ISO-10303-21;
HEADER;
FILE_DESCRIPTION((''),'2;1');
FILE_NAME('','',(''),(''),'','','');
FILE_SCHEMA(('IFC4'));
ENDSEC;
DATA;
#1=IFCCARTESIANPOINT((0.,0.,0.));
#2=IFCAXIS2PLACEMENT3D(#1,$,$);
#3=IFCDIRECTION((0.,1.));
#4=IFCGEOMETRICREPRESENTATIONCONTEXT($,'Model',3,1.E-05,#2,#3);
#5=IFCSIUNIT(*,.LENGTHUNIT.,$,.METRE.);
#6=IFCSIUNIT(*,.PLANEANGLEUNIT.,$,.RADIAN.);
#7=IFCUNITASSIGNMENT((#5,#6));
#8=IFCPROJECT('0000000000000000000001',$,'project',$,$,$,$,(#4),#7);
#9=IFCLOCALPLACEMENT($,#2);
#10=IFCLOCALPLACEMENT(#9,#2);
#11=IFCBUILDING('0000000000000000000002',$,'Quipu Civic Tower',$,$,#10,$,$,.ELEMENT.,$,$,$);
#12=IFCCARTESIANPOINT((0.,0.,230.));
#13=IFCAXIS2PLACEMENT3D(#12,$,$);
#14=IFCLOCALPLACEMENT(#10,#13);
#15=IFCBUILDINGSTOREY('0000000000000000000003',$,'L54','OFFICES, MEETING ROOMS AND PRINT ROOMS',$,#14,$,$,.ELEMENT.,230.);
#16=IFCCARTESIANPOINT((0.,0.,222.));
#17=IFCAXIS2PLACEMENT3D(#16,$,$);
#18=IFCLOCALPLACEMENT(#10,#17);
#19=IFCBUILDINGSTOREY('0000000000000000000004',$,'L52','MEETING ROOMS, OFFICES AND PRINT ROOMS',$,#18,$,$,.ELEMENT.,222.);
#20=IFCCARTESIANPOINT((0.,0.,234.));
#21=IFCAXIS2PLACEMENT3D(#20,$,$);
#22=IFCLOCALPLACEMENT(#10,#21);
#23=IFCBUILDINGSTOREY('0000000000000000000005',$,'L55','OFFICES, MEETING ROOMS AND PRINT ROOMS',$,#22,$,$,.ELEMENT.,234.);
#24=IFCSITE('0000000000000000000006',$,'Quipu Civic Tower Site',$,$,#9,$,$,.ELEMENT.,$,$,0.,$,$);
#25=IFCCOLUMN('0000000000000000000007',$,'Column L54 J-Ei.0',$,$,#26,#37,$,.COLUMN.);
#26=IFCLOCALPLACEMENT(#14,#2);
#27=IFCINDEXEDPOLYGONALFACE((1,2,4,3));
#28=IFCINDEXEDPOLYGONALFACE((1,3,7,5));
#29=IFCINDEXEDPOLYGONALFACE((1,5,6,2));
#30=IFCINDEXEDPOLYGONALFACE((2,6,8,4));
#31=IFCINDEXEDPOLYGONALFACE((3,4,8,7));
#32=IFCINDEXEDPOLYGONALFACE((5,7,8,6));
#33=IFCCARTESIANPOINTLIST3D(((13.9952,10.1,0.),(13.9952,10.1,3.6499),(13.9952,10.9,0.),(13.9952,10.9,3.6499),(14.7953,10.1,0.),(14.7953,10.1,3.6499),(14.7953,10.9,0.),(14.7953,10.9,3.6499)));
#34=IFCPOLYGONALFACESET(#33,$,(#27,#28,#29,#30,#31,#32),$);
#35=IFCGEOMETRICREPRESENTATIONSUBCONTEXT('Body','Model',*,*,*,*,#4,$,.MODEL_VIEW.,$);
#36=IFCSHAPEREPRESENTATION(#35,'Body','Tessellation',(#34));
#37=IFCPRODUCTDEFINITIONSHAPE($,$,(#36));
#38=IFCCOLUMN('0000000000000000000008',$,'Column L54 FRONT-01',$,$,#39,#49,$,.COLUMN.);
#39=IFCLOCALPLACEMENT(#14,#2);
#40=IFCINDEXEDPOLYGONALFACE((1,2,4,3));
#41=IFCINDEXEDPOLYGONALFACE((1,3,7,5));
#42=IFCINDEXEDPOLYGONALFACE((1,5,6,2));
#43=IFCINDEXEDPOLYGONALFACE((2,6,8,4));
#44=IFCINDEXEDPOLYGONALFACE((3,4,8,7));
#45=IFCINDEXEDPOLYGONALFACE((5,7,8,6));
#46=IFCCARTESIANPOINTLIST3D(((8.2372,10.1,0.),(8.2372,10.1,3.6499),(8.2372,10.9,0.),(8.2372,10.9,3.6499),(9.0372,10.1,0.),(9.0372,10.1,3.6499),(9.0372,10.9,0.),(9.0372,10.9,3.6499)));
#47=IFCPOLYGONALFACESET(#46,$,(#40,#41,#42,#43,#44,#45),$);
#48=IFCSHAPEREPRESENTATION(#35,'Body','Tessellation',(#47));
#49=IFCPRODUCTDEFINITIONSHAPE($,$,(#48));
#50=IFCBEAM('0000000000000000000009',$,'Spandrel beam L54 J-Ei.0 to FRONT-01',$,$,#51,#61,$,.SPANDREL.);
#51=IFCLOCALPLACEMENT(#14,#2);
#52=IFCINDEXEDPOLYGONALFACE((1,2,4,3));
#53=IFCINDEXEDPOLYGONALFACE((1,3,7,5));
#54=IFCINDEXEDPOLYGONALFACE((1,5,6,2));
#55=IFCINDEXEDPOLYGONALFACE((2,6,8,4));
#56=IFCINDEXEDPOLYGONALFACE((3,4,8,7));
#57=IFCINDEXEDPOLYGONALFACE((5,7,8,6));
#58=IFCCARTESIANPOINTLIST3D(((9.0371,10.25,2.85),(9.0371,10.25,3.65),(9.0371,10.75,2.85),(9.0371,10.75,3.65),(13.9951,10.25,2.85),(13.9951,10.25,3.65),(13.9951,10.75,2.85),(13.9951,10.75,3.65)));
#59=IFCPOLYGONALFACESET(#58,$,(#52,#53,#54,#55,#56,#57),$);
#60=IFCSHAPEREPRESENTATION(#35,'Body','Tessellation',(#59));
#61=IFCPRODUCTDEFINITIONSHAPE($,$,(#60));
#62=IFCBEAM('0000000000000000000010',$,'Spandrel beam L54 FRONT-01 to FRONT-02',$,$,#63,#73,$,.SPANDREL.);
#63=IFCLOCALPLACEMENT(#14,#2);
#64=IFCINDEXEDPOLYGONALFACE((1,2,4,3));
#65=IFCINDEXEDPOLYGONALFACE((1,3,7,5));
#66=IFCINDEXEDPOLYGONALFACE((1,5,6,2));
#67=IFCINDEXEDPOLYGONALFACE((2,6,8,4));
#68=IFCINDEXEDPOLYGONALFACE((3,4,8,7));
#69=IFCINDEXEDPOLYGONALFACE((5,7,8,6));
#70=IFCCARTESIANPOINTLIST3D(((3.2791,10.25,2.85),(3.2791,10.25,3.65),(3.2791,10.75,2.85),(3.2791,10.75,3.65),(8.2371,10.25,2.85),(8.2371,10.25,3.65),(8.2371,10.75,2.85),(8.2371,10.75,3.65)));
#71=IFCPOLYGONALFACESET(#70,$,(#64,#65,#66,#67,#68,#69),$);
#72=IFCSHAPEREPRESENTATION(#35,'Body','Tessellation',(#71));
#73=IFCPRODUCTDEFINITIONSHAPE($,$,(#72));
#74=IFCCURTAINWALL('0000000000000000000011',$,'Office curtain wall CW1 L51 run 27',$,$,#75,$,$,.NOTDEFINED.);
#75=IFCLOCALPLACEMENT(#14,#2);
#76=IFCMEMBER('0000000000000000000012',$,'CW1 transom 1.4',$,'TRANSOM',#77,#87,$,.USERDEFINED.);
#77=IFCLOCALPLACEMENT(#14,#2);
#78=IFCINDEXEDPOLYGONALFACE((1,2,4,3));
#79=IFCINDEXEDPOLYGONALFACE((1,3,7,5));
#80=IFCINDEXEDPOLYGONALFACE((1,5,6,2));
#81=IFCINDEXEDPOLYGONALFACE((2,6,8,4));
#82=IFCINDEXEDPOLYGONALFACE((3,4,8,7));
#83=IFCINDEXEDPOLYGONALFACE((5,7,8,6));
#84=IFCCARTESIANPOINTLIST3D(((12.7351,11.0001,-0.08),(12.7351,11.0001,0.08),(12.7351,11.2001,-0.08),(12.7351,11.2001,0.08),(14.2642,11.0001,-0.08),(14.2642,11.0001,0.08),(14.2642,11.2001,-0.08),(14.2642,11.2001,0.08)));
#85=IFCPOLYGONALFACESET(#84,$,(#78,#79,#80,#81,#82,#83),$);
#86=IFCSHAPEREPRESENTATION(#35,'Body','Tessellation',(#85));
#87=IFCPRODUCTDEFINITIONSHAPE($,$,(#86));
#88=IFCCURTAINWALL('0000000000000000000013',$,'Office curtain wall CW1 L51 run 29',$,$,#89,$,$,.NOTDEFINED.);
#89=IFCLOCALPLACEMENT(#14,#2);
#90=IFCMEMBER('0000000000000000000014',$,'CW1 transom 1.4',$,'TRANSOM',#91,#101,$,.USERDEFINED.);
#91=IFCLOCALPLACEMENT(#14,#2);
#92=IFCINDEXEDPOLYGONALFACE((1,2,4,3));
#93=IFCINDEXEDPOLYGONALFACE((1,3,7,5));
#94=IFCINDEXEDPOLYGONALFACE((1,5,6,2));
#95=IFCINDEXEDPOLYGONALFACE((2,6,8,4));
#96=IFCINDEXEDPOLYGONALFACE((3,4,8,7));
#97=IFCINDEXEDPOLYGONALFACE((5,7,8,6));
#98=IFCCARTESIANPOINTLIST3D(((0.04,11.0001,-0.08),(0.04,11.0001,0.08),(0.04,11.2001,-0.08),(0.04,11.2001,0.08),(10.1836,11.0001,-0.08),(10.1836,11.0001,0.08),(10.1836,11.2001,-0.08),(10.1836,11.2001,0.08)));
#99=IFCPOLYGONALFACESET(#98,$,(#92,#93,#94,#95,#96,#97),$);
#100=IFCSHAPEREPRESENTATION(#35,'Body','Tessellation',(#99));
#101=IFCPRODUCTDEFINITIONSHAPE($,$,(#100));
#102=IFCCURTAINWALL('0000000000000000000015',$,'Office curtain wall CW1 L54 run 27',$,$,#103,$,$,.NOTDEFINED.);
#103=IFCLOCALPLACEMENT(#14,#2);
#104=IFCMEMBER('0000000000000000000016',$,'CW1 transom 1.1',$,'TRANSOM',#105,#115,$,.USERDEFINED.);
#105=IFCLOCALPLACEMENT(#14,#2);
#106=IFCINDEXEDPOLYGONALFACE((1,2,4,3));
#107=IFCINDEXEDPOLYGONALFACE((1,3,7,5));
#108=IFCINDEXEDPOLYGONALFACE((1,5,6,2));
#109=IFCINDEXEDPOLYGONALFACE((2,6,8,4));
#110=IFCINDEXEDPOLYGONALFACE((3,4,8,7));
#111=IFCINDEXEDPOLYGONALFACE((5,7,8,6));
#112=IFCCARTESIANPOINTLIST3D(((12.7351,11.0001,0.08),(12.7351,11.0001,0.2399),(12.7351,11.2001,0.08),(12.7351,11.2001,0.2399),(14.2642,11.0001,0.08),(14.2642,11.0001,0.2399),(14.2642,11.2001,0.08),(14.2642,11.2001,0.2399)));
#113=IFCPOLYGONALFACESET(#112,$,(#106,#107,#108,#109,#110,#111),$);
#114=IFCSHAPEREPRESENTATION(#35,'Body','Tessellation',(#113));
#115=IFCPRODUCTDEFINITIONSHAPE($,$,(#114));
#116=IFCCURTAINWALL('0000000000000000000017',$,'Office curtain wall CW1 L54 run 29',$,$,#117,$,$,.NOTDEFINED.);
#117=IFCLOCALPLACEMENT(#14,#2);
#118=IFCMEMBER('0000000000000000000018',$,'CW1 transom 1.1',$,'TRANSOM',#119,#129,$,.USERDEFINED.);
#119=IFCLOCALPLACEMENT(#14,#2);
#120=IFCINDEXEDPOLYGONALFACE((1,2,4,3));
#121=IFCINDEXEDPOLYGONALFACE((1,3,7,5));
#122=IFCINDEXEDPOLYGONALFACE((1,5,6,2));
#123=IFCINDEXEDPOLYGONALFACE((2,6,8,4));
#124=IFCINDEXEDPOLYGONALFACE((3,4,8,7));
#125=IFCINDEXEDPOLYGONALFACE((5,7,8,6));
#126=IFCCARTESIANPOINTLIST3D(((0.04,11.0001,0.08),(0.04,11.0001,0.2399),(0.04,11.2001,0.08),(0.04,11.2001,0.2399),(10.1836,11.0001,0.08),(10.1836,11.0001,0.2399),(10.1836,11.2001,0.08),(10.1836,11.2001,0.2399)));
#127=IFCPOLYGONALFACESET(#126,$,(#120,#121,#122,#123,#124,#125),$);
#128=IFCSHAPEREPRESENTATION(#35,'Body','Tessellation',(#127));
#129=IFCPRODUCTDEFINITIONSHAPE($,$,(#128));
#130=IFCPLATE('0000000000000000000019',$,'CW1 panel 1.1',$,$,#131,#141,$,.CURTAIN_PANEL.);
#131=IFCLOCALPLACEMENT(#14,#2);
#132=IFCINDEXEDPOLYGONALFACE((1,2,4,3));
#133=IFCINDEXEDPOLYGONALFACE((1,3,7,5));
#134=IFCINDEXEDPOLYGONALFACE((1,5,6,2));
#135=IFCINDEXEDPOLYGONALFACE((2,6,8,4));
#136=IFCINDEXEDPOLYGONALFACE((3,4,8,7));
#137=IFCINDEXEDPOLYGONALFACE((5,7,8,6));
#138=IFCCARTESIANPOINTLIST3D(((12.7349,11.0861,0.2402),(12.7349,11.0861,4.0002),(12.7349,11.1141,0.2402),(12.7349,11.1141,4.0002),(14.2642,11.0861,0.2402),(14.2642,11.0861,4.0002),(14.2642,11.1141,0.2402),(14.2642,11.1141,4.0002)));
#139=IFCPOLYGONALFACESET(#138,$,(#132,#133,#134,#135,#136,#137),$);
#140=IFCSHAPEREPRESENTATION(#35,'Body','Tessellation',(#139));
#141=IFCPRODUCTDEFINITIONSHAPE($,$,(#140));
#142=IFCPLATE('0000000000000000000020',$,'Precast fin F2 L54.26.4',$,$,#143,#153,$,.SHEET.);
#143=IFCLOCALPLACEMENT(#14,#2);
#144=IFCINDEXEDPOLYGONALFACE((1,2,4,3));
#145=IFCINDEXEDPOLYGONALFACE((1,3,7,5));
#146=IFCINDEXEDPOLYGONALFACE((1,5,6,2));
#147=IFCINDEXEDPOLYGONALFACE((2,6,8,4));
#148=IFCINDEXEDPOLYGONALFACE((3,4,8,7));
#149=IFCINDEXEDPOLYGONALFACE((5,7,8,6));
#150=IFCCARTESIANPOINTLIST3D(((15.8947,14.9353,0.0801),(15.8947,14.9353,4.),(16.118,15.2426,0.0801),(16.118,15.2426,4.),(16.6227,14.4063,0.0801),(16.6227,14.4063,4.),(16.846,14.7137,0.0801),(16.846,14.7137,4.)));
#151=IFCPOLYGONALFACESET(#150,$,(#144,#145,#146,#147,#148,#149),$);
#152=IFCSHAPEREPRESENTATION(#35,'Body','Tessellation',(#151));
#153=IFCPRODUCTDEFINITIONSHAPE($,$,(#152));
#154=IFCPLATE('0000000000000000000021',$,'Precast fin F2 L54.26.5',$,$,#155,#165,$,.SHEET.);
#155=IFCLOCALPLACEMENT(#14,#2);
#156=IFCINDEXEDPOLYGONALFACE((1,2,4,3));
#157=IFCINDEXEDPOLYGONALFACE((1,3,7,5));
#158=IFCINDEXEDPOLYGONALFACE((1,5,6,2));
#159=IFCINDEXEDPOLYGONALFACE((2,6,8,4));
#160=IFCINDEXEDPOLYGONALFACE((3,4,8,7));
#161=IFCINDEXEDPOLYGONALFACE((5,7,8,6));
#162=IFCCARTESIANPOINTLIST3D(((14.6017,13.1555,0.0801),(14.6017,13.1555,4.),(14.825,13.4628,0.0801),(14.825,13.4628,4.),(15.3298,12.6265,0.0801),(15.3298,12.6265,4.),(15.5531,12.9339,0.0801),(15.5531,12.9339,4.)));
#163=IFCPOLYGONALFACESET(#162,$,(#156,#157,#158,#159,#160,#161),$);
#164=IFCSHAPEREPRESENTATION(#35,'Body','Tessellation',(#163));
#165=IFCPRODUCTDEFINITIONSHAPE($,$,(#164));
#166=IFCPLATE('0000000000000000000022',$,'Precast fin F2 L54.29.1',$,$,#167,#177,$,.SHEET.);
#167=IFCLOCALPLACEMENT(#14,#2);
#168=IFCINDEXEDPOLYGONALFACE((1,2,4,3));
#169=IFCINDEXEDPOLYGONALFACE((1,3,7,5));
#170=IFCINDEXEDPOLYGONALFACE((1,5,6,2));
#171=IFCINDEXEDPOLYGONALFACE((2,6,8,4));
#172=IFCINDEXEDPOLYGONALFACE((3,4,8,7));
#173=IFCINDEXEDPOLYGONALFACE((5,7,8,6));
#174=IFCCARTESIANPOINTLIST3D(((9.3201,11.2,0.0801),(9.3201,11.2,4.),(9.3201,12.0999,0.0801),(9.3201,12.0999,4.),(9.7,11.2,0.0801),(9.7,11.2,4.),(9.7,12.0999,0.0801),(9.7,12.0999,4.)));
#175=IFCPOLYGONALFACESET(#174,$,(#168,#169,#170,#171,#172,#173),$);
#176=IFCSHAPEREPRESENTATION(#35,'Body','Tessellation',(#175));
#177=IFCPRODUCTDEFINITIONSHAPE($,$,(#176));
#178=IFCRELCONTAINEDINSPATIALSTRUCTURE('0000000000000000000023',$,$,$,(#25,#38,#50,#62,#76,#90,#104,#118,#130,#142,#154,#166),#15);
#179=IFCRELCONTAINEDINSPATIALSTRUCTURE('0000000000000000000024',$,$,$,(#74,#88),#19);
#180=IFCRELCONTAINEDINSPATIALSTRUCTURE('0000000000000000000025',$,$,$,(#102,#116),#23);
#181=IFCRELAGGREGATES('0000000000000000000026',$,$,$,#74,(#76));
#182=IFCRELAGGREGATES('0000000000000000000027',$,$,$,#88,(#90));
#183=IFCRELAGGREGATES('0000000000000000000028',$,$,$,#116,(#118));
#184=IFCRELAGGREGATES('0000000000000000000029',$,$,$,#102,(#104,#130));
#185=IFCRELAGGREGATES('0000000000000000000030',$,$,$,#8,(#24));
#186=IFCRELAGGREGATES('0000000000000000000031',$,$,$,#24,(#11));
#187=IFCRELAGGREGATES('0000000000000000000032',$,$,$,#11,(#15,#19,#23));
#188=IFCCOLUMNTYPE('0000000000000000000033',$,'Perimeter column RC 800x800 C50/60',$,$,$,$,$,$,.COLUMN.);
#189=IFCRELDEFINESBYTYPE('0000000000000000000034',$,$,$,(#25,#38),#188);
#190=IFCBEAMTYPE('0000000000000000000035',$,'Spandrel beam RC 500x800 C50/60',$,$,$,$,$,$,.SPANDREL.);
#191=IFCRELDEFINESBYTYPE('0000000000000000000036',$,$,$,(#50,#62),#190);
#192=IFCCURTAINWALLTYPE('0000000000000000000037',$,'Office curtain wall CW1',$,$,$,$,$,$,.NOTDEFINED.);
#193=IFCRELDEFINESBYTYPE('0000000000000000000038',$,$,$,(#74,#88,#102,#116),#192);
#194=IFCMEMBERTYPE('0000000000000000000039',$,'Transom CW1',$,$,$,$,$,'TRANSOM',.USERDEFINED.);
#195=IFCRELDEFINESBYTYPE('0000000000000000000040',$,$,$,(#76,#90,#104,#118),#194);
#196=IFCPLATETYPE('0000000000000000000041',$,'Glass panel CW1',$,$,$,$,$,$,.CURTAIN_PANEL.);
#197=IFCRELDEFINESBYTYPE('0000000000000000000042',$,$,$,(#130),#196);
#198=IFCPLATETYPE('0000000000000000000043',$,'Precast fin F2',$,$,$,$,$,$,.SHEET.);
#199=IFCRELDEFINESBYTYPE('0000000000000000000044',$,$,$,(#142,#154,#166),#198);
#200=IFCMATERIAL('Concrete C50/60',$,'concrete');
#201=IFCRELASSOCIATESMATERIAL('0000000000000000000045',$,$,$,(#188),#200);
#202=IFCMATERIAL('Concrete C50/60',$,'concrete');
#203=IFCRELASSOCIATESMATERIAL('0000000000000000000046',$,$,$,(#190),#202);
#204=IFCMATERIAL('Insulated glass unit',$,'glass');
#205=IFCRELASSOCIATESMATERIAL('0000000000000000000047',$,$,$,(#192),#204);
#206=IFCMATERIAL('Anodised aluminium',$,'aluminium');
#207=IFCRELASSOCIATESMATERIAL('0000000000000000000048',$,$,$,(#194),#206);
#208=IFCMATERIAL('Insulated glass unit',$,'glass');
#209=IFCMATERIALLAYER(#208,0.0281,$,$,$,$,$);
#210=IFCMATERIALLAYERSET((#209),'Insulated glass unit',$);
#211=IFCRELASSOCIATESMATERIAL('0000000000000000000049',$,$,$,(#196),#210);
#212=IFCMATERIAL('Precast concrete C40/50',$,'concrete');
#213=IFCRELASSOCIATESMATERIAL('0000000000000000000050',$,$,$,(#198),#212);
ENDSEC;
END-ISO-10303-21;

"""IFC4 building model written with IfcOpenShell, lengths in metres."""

from ifc_helpers import new_model, si_unit, direction, frame, origin, origin_2d, place, context, subcontext, project, spatial, rectangle, extrude, material, layer, layer_set, material_profile, profile_set, type_object, element, aggregate, save


model = new_model("IFC4")

# Units and contexts
model_context = context("Model", 3, precision=1e-05, world=origin(), true_north=direction((0.0, 1.0)))
body_context = subcontext(model_context, "Body", "Model", "MODEL_VIEW")
ifc_project = project(units=[si_unit("LENGTHUNIT", "METRE"), si_unit("PLANEANGLEUNIT", "RADIAN")], contexts=[model_context])

# Site, building, storey
site_placement = place(None, origin())
site = spatial("IfcSite", under=ifc_project, at=site_placement, Name="Quipu Civic Tower Site", CompositionType="ELEMENT", RefElevation=0.0)
building_placement = place(site_placement, origin())
building = spatial("IfcBuilding", under=site, at=building_placement, Name="Quipu Civic Tower", CompositionType="ELEMENT")
storey_1_placement = place(building_placement, frame((0.0, 0.0, 230.0)))
storey_1 = spatial("IfcBuildingStorey", under=building, at=storey_1_placement, Name="L54", Description="OFFICES, MEETING ROOMS AND PRINT ROOMS", CompositionType="ELEMENT", Elevation=230.0)

# Columns
ifc_material_1 = material(Name="Concrete C50/60", Category="concrete")
ifc_material_profile_1 = material_profile(ifc_material_1, rectangle(XDim=0.8, YDim=0.8, at=origin_2d()), Name="RC800x800")
ifc_profile_set_1 = profile_set([ifc_material_profile_1], Name="Concrete C50/60")
column_type = type_object("IfcColumnType", Name="Perimeter column RC 800x800 C50/60", PredefinedType="COLUMN", material=ifc_profile_set_1)
for number, where, z_axis, x_axis, name in (
    (1, (14.3953, 10.5, 0.0), (0.0, 0.0, 1.0), (-1.0, 0.0, 0.0), "Column L54 J-Ei.0"),
    (2, (8.6372, 10.5, 0.0), (0.0, 0.0, 1.0), (-1.0, 0.0, 0.0), "Column L54 FRONT-01"),
):
    element("IfcColumn", number, at=place(storey_1_placement, frame(where, z_axis=z_axis, x_axis=x_axis)), inside=storey_1, type_object=column_type, Name=name, PredefinedType="COLUMN", context=body_context, shape_type="SweptSolid", body=[
        extrude(rectangle(XDim=0.8, YDim=0.8, at=origin_2d()), origin(), (0.0, 0.0, 1.0), 3.6499),
    ])

# Beams
ifc_material_2 = material(Name="Concrete C50/60", Category="concrete")
ifc_material_profile_2 = material_profile(ifc_material_2, rectangle(XDim=0.5, YDim=0.8, at=origin_2d()), Name="RC500x800")
ifc_profile_set_2 = profile_set([ifc_material_profile_2], Name="Concrete C50/60")
beam_type = type_object("IfcBeamType", Name="Spandrel beam RC 500x800 C50/60", PredefinedType="SPANDREL", material=ifc_profile_set_2)
for number, where, z_axis, x_axis, name in (
    (3, (13.9951, 10.5, 3.25), (-1.0, 0.0, 0.0), (0.0, -1.0, 0.0), "Spandrel beam L54 J-Ei.0 to FRONT-01"),
    (4, (8.2371, 10.5, 3.25), (-1.0, 0.0, 0.0), (0.0, -1.0, 0.0), "Spandrel beam L54 FRONT-01 to FRONT-02"),
):
    element("IfcBeam", number, at=place(storey_1_placement, frame(where, z_axis=z_axis, x_axis=x_axis)), inside=storey_1, type_object=beam_type, Name=name, PredefinedType="SPANDREL", context=body_context, shape_type="SweptSolid", body=[
        extrude(rectangle(XDim=0.5, YDim=0.8, at=origin_2d()), origin(), (0.0, 0.0, 1.0), 4.958),
    ])

# Shared definitions
storey_2_placement = place(building_placement, frame((0.0, 0.0, 222.0)))
storey_2 = spatial("IfcBuildingStorey", under=building, at=storey_2_placement, Name="L52", Description="MEETING ROOMS, OFFICES AND PRINT ROOMS", CompositionType="ELEMENT", Elevation=222.0)

# Curtain walls, members
ifc_material_3 = material(Name="Insulated glass unit", Category="glass")
curtain_wall_type = type_object("IfcCurtainWallType", Name="Office curtain wall CW1", PredefinedType="NOTDEFINED", material=ifc_material_3)
curtain_wall_1_placement = place(storey_2_placement, origin())
curtain_wall_1 = element("IfcCurtainWall", 5, at=curtain_wall_1_placement, inside=storey_2, type_object=curtain_wall_type, Name="Office curtain wall CW1 L51 run 27", PredefinedType="NOTDEFINED")
ifc_material_4 = material(Name="Anodised aluminium", Category="aluminium")
ifc_material_profile_3 = material_profile(ifc_material_4, rectangle(XDim=0.2, YDim=0.1599, at=origin_2d()), Name="RECT 200x160")
ifc_profile_set_3 = profile_set([ifc_material_profile_3], Name="Anodised aluminium")
member_type = type_object("IfcMemberType", Name="Transom CW1", ElementType="TRANSOM", PredefinedType="USERDEFINED", material=ifc_profile_set_3)
member_1_placement = place(storey_1_placement, frame((14.2642, 11.1001, 0.0), z_axis=(-1.0, 0.0, 0.0), x_axis=(0.0, -1.0, 0.0)))
member_1 = element("IfcMember", 6, at=member_1_placement, inside=storey_1, type_object=member_type, Name="CW1 transom 1.4", ObjectType="TRANSOM", PredefinedType="USERDEFINED", context=body_context, shape_type="SweptSolid", body=[
    extrude(rectangle(XDim=0.2, YDim=0.1599, at=origin_2d()), origin(), (0.0, 0.0, 1.0), 1.5291),
])
aggregate(curtain_wall_1, [member_1])
curtain_wall_2_placement = place(storey_2_placement, origin())
curtain_wall_2 = element("IfcCurtainWall", 7, at=curtain_wall_2_placement, inside=storey_2, type_object=curtain_wall_type, Name="Office curtain wall CW1 L51 run 29", PredefinedType="NOTDEFINED")
member_2_placement = place(storey_1_placement, frame((10.1836, 11.1001, 0.0), z_axis=(-1.0, 0.0, 0.0), x_axis=(0.0, -1.0, 0.0)))
member_2 = element("IfcMember", 8, at=member_2_placement, inside=storey_1, type_object=member_type, Name="CW1 transom 1.4", ObjectType="TRANSOM", PredefinedType="USERDEFINED", context=body_context, shape_type="SweptSolid", body=[
    extrude(rectangle(XDim=0.2, YDim=0.1599, at=origin_2d()), origin(), (0.0, 0.0, 1.0), 10.1436),
])
aggregate(curtain_wall_2, [member_2])

# Shared definitions
storey_3_placement = place(building_placement, frame((0.0, 0.0, 234.0)))
storey_3 = spatial("IfcBuildingStorey", under=building, at=storey_3_placement, Name="L55", Description="OFFICES, MEETING ROOMS AND PRINT ROOMS", CompositionType="ELEMENT", Elevation=234.0)

# Curtain walls, members
curtain_wall_3_placement = place(storey_3_placement, origin())
curtain_wall_3 = element("IfcCurtainWall", 9, at=curtain_wall_3_placement, inside=storey_3, type_object=curtain_wall_type, Name="Office curtain wall CW1 L54 run 27", PredefinedType="NOTDEFINED")
member_3_placement = place(storey_1_placement, frame((14.2642, 11.1001, 0.1599), z_axis=(-1.0, 0.0, 0.0), x_axis=(0.0, -1.0, 0.0)))
member_3 = element("IfcMember", 10, at=member_3_placement, inside=storey_1, type_object=member_type, Name="CW1 transom 1.1", ObjectType="TRANSOM", PredefinedType="USERDEFINED", context=body_context, shape_type="SweptSolid", body=[
    extrude(rectangle(XDim=0.2, YDim=0.1599, at=origin_2d()), origin(), (0.0, 0.0, 1.0), 1.5291),
])
curtain_wall_4_placement = place(storey_3_placement, origin())
curtain_wall_4 = element("IfcCurtainWall", 11, at=curtain_wall_4_placement, inside=storey_3, type_object=curtain_wall_type, Name="Office curtain wall CW1 L54 run 29", PredefinedType="NOTDEFINED")
member_4_placement = place(storey_1_placement, frame((10.1836, 11.1001, 0.1599), z_axis=(-1.0, 0.0, 0.0), x_axis=(0.0, -1.0, 0.0)))
member_4 = element("IfcMember", 12, at=member_4_placement, inside=storey_1, type_object=member_type, Name="CW1 transom 1.1", ObjectType="TRANSOM", PredefinedType="USERDEFINED", context=body_context, shape_type="SweptSolid", body=[
    extrude(rectangle(XDim=0.2, YDim=0.1599, at=origin_2d()), origin(), (0.0, 0.0, 1.0), 10.1436),
])
aggregate(curtain_wall_4, [member_4])

# Plate
ifc_material_5 = material(Name="Insulated glass unit", Category="glass")
ifc_layer_1 = layer(ifc_material_5, 0.0281)
ifc_layer_set_1 = layer_set([ifc_layer_1], Name="Insulated glass unit")
plate_type_1 = type_object("IfcPlateType", Name="Glass panel CW1", PredefinedType="CURTAIN_PANEL", material=ifc_layer_set_1)
plate_placement = place(storey_1_placement, frame((13.4995, 11.1001, 0.2402), z_axis=(0.0, 0.0, 1.0), x_axis=(-1.0, 0.0, 0.0)))
plate = element("IfcPlate", 13, at=plate_placement, inside=storey_1, type_object=plate_type_1, Name="CW1 panel 1.1", PredefinedType="CURTAIN_PANEL", context=body_context, shape_type="SweptSolid", body=[
    extrude(rectangle(XDim=1.5293, YDim=0.0281, at=origin_2d()), origin(), (0.0, 0.0, 1.0), 3.76),
])
aggregate(curtain_wall_3, [member_3, plate])

# Plates
ifc_material_6 = material(Name="Precast concrete C40/50", Category="concrete")
plate_type_2 = type_object("IfcPlateType", Name="Precast fin F2", PredefinedType="SHEET", material=ifc_material_6)
for number, where, z_axis, x_axis, name in (
    (14, (16.3704, 14.8245, 0.0801), (0.0, 0.0, 1.0), (-0.587784, -0.809018, 0.0), "Precast fin F2 L54.26.4"),
    (15, (15.0774, 13.0447, 0.0801), (0.0, 0.0, 1.0), (-0.587784, -0.809018, 0.0), "Precast fin F2 L54.26.5"),
    (16, (9.51, 11.6499, 0.0801), (0.0, 0.0, 1.0), (-1.0, 0.0, 0.0), "Precast fin F2 L54.29.1"),
):
    element("IfcPlate", number, at=place(storey_1_placement, frame(where, z_axis=z_axis, x_axis=x_axis)), inside=storey_1, type_object=plate_type_2, Name=name, PredefinedType="SHEET", context=body_context, shape_type="SweptSolid", body=[
        extrude(rectangle(XDim=0.3799, YDim=0.8999, at=origin_2d()), origin(), (0.0, 0.0, 1.0), 3.9199),
    ])

save(model, "model.ifc")
